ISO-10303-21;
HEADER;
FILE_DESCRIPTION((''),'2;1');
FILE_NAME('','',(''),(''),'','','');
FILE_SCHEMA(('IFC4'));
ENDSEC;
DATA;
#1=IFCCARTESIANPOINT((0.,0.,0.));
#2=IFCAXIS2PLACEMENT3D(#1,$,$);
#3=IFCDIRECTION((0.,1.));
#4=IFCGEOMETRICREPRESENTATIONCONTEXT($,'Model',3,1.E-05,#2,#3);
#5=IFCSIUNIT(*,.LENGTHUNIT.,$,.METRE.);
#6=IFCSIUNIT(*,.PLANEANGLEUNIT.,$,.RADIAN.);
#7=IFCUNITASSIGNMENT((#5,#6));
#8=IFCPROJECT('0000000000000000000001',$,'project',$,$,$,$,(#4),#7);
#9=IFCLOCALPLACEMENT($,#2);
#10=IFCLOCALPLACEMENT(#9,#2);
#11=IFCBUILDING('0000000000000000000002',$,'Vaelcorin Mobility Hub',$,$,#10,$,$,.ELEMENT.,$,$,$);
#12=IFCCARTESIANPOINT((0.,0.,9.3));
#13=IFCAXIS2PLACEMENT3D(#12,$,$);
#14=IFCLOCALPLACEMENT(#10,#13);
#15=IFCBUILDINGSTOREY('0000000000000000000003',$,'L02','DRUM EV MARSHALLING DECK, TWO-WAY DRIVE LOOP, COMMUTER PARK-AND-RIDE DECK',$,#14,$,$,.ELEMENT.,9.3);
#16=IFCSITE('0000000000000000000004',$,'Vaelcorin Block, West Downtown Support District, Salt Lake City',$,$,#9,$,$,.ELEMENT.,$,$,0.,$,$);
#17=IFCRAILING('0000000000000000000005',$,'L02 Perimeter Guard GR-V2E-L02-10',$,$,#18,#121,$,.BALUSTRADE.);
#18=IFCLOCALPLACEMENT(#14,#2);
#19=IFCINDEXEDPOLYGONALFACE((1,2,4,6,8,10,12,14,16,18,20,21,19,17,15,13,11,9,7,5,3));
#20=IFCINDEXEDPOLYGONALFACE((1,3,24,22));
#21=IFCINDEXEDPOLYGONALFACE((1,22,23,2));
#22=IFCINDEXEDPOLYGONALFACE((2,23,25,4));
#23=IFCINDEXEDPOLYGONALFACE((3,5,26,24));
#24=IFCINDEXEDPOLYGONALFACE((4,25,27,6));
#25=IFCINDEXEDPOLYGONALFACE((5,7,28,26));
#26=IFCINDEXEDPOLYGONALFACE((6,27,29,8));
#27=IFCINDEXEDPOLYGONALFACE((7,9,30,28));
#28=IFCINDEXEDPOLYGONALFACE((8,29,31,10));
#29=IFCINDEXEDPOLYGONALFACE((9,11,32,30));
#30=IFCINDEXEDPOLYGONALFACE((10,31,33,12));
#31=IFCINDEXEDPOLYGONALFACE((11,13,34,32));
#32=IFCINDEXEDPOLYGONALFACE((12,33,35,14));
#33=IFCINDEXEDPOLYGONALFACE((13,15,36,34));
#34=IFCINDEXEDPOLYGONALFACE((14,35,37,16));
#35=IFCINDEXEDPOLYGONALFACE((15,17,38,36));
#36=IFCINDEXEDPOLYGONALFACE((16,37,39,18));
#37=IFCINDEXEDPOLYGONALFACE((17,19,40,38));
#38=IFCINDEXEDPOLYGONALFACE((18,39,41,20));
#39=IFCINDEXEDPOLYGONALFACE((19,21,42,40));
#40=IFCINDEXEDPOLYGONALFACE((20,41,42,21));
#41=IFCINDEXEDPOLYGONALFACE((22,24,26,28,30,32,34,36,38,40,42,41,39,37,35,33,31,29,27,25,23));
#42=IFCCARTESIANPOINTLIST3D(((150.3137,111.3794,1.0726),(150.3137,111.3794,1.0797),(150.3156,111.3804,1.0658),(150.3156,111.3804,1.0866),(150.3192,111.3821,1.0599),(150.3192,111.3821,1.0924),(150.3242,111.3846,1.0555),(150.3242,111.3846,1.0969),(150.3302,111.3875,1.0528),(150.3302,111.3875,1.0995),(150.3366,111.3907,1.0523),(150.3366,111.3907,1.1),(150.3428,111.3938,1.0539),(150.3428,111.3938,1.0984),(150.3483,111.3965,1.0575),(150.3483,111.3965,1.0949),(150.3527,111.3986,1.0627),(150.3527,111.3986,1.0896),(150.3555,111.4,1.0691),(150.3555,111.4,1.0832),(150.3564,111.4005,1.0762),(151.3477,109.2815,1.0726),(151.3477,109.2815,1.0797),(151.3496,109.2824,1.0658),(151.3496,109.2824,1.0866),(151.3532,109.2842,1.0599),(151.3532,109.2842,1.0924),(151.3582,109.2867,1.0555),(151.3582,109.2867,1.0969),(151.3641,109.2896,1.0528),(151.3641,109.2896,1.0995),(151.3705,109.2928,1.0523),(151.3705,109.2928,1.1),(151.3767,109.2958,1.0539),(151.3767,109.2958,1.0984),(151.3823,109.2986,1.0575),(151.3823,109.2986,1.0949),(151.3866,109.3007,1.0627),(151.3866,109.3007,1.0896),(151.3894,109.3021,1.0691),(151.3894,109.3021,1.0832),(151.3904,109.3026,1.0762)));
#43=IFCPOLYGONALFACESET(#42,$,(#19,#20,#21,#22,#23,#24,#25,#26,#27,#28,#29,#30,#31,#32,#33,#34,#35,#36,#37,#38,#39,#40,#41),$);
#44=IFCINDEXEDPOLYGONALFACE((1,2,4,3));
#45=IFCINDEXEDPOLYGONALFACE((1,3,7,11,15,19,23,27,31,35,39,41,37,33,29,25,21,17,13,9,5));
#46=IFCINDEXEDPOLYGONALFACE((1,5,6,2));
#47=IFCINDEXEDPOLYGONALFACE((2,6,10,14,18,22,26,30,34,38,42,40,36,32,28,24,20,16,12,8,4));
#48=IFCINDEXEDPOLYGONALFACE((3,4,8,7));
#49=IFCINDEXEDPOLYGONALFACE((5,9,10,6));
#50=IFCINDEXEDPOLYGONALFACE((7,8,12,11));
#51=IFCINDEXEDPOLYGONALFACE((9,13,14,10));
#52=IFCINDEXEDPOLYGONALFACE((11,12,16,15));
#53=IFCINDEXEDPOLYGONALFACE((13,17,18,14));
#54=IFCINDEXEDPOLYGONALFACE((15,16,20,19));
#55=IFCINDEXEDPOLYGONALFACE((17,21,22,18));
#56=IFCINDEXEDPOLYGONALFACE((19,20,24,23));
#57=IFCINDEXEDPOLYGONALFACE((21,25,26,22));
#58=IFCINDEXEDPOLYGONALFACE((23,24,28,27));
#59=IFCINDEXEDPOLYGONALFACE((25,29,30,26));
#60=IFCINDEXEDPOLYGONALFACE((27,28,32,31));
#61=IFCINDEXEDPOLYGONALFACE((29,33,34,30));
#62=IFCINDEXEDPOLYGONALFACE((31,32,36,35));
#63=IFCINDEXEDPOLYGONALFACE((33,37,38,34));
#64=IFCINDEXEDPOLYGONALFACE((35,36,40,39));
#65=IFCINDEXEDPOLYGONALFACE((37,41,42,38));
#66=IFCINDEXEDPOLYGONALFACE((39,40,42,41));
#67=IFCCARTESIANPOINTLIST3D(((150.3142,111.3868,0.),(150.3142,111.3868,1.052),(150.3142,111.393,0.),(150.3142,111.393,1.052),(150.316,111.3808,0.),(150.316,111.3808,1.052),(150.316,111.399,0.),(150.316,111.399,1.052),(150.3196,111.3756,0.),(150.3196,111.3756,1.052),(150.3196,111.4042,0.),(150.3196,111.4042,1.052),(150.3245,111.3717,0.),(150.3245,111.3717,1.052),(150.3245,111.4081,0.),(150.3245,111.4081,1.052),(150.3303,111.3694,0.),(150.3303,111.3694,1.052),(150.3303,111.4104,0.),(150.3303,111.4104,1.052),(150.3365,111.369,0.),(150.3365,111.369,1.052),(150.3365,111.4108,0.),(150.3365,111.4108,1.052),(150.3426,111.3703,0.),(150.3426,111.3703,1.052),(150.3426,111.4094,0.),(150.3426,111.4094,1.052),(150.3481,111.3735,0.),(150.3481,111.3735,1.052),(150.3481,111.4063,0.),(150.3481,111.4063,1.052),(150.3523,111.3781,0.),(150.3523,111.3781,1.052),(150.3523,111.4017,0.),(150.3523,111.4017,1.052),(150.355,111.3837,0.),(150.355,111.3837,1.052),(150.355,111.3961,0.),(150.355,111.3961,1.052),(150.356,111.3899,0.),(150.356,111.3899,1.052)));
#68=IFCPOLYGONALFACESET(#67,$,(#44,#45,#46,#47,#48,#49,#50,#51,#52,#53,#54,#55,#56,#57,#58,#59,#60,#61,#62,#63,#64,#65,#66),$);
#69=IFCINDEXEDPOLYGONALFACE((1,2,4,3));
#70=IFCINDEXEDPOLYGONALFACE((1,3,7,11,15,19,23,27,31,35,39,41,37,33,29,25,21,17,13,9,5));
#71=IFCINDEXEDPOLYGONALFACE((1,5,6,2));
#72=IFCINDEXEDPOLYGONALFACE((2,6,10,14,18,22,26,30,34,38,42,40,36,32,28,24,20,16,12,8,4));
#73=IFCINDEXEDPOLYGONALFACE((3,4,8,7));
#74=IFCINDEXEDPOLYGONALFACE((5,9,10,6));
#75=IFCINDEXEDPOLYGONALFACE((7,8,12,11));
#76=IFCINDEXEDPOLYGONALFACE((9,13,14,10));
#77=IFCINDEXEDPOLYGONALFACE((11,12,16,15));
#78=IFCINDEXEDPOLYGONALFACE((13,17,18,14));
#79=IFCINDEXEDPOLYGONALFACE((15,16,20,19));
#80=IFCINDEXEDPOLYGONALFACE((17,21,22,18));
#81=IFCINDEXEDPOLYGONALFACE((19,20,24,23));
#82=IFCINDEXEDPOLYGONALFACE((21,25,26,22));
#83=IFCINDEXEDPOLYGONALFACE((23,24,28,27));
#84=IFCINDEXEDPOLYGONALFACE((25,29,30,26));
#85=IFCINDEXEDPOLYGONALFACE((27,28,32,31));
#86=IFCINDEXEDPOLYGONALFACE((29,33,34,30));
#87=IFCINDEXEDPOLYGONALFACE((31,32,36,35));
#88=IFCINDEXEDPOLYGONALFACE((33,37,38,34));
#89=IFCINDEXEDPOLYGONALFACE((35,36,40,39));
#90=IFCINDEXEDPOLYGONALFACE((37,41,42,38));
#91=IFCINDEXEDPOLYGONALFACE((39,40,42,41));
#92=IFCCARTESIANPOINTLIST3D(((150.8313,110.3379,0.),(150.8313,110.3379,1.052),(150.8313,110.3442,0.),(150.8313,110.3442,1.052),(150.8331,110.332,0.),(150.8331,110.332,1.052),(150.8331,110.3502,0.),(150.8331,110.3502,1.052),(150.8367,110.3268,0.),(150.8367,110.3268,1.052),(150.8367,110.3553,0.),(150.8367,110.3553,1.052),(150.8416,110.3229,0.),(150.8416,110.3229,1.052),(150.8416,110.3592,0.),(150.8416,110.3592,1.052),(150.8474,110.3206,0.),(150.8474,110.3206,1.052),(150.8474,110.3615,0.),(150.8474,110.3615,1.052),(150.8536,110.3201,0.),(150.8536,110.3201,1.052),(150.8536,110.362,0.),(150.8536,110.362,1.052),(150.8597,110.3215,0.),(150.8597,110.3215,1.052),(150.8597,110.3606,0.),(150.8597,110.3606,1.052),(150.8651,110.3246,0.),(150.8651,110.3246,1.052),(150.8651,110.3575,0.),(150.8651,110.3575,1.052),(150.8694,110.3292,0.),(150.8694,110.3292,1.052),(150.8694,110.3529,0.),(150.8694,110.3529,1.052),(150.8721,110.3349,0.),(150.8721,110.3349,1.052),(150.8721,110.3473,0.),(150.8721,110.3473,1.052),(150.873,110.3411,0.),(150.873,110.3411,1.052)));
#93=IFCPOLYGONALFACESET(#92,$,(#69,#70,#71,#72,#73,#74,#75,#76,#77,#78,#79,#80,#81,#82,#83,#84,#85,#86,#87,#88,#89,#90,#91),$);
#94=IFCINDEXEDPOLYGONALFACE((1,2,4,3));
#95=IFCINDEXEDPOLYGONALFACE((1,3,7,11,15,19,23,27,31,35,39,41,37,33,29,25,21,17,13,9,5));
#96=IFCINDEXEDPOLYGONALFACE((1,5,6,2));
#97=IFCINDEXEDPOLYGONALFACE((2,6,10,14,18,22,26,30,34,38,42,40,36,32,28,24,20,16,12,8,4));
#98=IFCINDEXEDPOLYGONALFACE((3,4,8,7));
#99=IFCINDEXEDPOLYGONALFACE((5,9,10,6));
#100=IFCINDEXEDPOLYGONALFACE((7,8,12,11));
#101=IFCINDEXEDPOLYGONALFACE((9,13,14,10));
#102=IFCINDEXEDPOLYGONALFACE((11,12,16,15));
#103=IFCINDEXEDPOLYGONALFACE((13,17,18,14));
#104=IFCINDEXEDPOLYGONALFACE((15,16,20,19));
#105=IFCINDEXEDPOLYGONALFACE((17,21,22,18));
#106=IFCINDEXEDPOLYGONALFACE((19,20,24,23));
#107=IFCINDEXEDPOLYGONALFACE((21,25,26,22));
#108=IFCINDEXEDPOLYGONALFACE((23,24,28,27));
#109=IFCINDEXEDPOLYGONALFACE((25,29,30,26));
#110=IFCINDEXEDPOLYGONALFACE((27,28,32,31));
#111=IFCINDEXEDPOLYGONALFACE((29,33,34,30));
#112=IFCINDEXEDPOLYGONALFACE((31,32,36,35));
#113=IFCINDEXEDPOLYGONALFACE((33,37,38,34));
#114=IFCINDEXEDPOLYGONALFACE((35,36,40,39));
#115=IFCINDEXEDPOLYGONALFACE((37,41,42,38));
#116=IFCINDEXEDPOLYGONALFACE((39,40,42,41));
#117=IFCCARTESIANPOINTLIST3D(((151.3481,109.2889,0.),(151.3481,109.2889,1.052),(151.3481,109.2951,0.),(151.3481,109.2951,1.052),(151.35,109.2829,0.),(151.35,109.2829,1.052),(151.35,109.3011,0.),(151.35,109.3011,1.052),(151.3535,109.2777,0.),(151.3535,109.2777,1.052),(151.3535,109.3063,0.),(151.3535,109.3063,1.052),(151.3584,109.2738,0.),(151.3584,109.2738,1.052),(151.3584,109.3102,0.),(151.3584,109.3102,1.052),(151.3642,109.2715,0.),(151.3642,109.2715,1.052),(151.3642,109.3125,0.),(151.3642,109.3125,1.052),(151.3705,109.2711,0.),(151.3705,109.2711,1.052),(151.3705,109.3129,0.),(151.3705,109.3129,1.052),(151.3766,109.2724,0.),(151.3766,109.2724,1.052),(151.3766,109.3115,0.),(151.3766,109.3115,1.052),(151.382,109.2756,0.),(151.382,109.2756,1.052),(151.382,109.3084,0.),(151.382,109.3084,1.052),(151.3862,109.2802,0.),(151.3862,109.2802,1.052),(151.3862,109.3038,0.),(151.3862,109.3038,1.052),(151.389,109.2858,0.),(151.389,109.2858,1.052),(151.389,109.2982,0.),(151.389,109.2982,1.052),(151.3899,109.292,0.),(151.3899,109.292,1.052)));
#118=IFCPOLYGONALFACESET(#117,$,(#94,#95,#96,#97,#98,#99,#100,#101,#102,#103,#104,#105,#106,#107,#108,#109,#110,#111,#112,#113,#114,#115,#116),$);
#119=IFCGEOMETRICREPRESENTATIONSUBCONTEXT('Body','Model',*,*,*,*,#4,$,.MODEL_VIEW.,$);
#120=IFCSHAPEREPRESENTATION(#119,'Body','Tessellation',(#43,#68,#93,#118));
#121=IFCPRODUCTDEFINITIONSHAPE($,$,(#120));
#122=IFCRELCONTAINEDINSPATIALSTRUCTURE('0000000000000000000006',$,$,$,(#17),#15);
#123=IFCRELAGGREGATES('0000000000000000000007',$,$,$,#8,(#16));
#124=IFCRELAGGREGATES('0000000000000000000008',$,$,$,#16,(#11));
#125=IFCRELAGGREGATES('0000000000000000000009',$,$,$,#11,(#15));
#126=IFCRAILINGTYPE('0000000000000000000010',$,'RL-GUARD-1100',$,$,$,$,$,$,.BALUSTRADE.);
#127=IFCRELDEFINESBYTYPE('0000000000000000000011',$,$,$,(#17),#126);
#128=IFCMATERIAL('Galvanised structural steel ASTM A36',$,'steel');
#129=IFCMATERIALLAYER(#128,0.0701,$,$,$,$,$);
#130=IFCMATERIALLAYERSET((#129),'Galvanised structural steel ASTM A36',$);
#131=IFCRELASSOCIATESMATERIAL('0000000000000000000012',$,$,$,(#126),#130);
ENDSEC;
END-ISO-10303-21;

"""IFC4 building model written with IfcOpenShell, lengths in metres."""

from ifc_helpers import new_model, si_unit, direction, frame, origin, origin_2d, place, context, subcontext, project, spatial, circle, extrude, material, layer, layer_set, type_object, element, save


model = new_model("IFC4")

# Units and contexts
model_context = context("Model", 3, precision=1e-05, world=origin(), true_north=direction((0.0, 1.0)))
body_context = subcontext(model_context, "Body", "Model", "MODEL_VIEW")
ifc_project = project(units=[si_unit("LENGTHUNIT", "METRE"), si_unit("PLANEANGLEUNIT", "RADIAN")], contexts=[model_context])

# Site, building, storey
site_placement = place(None, origin())
site = spatial("IfcSite", under=ifc_project, at=site_placement, Name="Vaelcorin Block, West Downtown Support District, Salt Lake City", CompositionType="ELEMENT", RefElevation=0.0)
building_placement = place(site_placement, origin())
building = spatial("IfcBuilding", under=site, at=building_placement, Name="Vaelcorin Mobility Hub", CompositionType="ELEMENT")
storey_placement = place(building_placement, frame((0.0, 0.0, 9.3)))
storey = spatial("IfcBuildingStorey", under=building, at=storey_placement, Name="L02", Description="DRUM EV MARSHALLING DECK, TWO-WAY DRIVE LOOP, COMMUTER PARK-AND-RIDE DECK", CompositionType="ELEMENT", Elevation=9.3)

# Railing
ifc_material_1 = material(Name="Galvanised structural steel ASTM A36", Category="steel")
ifc_layer_1 = layer(ifc_material_1, 0.0701)
ifc_layer_set_1 = layer_set([ifc_layer_1], Name="Galvanised structural steel ASTM A36")
railing_type = type_object("IfcRailingType", Name="RL-GUARD-1100", PredefinedType="BALUSTRADE", material=ifc_layer_set_1)
railing_1_placement = place(storey_placement, frame((150.335, 111.3899, 0.0)))
element("IfcRailing", 1, at=railing_1_placement, inside=storey, type_object=railing_type, Name="L02 Perimeter Guard GR-V2E-L02-10", PredefinedType="BALUSTRADE", context=body_context, shape_type="SweptSolid", body=[
    extrude(circle(Radius=0.0239, at=origin_2d()), frame((0.0, 0.0, 1.0762), z_axis=(0.44207, -0.89698, 0.0), x_axis=(0.89698, 0.44207, 0.0)), (0.0, 0.0, 1.0), 2.3389),
    extrude(circle(Radius=0.021, at=origin_2d()), origin(), (0.0, 0.0, 1.0), 1.052),
    extrude(circle(Radius=0.021, at=origin_2d()), frame((0.5171, -1.0488, 0.0)), (0.0, 0.0, 1.0), 1.052),
    extrude(circle(Radius=0.021, at=origin_2d()), frame((1.0339, -2.0979, 0.0)), (0.0, 0.0, 1.0), 1.052),
])

save(model, "model.ifc")
